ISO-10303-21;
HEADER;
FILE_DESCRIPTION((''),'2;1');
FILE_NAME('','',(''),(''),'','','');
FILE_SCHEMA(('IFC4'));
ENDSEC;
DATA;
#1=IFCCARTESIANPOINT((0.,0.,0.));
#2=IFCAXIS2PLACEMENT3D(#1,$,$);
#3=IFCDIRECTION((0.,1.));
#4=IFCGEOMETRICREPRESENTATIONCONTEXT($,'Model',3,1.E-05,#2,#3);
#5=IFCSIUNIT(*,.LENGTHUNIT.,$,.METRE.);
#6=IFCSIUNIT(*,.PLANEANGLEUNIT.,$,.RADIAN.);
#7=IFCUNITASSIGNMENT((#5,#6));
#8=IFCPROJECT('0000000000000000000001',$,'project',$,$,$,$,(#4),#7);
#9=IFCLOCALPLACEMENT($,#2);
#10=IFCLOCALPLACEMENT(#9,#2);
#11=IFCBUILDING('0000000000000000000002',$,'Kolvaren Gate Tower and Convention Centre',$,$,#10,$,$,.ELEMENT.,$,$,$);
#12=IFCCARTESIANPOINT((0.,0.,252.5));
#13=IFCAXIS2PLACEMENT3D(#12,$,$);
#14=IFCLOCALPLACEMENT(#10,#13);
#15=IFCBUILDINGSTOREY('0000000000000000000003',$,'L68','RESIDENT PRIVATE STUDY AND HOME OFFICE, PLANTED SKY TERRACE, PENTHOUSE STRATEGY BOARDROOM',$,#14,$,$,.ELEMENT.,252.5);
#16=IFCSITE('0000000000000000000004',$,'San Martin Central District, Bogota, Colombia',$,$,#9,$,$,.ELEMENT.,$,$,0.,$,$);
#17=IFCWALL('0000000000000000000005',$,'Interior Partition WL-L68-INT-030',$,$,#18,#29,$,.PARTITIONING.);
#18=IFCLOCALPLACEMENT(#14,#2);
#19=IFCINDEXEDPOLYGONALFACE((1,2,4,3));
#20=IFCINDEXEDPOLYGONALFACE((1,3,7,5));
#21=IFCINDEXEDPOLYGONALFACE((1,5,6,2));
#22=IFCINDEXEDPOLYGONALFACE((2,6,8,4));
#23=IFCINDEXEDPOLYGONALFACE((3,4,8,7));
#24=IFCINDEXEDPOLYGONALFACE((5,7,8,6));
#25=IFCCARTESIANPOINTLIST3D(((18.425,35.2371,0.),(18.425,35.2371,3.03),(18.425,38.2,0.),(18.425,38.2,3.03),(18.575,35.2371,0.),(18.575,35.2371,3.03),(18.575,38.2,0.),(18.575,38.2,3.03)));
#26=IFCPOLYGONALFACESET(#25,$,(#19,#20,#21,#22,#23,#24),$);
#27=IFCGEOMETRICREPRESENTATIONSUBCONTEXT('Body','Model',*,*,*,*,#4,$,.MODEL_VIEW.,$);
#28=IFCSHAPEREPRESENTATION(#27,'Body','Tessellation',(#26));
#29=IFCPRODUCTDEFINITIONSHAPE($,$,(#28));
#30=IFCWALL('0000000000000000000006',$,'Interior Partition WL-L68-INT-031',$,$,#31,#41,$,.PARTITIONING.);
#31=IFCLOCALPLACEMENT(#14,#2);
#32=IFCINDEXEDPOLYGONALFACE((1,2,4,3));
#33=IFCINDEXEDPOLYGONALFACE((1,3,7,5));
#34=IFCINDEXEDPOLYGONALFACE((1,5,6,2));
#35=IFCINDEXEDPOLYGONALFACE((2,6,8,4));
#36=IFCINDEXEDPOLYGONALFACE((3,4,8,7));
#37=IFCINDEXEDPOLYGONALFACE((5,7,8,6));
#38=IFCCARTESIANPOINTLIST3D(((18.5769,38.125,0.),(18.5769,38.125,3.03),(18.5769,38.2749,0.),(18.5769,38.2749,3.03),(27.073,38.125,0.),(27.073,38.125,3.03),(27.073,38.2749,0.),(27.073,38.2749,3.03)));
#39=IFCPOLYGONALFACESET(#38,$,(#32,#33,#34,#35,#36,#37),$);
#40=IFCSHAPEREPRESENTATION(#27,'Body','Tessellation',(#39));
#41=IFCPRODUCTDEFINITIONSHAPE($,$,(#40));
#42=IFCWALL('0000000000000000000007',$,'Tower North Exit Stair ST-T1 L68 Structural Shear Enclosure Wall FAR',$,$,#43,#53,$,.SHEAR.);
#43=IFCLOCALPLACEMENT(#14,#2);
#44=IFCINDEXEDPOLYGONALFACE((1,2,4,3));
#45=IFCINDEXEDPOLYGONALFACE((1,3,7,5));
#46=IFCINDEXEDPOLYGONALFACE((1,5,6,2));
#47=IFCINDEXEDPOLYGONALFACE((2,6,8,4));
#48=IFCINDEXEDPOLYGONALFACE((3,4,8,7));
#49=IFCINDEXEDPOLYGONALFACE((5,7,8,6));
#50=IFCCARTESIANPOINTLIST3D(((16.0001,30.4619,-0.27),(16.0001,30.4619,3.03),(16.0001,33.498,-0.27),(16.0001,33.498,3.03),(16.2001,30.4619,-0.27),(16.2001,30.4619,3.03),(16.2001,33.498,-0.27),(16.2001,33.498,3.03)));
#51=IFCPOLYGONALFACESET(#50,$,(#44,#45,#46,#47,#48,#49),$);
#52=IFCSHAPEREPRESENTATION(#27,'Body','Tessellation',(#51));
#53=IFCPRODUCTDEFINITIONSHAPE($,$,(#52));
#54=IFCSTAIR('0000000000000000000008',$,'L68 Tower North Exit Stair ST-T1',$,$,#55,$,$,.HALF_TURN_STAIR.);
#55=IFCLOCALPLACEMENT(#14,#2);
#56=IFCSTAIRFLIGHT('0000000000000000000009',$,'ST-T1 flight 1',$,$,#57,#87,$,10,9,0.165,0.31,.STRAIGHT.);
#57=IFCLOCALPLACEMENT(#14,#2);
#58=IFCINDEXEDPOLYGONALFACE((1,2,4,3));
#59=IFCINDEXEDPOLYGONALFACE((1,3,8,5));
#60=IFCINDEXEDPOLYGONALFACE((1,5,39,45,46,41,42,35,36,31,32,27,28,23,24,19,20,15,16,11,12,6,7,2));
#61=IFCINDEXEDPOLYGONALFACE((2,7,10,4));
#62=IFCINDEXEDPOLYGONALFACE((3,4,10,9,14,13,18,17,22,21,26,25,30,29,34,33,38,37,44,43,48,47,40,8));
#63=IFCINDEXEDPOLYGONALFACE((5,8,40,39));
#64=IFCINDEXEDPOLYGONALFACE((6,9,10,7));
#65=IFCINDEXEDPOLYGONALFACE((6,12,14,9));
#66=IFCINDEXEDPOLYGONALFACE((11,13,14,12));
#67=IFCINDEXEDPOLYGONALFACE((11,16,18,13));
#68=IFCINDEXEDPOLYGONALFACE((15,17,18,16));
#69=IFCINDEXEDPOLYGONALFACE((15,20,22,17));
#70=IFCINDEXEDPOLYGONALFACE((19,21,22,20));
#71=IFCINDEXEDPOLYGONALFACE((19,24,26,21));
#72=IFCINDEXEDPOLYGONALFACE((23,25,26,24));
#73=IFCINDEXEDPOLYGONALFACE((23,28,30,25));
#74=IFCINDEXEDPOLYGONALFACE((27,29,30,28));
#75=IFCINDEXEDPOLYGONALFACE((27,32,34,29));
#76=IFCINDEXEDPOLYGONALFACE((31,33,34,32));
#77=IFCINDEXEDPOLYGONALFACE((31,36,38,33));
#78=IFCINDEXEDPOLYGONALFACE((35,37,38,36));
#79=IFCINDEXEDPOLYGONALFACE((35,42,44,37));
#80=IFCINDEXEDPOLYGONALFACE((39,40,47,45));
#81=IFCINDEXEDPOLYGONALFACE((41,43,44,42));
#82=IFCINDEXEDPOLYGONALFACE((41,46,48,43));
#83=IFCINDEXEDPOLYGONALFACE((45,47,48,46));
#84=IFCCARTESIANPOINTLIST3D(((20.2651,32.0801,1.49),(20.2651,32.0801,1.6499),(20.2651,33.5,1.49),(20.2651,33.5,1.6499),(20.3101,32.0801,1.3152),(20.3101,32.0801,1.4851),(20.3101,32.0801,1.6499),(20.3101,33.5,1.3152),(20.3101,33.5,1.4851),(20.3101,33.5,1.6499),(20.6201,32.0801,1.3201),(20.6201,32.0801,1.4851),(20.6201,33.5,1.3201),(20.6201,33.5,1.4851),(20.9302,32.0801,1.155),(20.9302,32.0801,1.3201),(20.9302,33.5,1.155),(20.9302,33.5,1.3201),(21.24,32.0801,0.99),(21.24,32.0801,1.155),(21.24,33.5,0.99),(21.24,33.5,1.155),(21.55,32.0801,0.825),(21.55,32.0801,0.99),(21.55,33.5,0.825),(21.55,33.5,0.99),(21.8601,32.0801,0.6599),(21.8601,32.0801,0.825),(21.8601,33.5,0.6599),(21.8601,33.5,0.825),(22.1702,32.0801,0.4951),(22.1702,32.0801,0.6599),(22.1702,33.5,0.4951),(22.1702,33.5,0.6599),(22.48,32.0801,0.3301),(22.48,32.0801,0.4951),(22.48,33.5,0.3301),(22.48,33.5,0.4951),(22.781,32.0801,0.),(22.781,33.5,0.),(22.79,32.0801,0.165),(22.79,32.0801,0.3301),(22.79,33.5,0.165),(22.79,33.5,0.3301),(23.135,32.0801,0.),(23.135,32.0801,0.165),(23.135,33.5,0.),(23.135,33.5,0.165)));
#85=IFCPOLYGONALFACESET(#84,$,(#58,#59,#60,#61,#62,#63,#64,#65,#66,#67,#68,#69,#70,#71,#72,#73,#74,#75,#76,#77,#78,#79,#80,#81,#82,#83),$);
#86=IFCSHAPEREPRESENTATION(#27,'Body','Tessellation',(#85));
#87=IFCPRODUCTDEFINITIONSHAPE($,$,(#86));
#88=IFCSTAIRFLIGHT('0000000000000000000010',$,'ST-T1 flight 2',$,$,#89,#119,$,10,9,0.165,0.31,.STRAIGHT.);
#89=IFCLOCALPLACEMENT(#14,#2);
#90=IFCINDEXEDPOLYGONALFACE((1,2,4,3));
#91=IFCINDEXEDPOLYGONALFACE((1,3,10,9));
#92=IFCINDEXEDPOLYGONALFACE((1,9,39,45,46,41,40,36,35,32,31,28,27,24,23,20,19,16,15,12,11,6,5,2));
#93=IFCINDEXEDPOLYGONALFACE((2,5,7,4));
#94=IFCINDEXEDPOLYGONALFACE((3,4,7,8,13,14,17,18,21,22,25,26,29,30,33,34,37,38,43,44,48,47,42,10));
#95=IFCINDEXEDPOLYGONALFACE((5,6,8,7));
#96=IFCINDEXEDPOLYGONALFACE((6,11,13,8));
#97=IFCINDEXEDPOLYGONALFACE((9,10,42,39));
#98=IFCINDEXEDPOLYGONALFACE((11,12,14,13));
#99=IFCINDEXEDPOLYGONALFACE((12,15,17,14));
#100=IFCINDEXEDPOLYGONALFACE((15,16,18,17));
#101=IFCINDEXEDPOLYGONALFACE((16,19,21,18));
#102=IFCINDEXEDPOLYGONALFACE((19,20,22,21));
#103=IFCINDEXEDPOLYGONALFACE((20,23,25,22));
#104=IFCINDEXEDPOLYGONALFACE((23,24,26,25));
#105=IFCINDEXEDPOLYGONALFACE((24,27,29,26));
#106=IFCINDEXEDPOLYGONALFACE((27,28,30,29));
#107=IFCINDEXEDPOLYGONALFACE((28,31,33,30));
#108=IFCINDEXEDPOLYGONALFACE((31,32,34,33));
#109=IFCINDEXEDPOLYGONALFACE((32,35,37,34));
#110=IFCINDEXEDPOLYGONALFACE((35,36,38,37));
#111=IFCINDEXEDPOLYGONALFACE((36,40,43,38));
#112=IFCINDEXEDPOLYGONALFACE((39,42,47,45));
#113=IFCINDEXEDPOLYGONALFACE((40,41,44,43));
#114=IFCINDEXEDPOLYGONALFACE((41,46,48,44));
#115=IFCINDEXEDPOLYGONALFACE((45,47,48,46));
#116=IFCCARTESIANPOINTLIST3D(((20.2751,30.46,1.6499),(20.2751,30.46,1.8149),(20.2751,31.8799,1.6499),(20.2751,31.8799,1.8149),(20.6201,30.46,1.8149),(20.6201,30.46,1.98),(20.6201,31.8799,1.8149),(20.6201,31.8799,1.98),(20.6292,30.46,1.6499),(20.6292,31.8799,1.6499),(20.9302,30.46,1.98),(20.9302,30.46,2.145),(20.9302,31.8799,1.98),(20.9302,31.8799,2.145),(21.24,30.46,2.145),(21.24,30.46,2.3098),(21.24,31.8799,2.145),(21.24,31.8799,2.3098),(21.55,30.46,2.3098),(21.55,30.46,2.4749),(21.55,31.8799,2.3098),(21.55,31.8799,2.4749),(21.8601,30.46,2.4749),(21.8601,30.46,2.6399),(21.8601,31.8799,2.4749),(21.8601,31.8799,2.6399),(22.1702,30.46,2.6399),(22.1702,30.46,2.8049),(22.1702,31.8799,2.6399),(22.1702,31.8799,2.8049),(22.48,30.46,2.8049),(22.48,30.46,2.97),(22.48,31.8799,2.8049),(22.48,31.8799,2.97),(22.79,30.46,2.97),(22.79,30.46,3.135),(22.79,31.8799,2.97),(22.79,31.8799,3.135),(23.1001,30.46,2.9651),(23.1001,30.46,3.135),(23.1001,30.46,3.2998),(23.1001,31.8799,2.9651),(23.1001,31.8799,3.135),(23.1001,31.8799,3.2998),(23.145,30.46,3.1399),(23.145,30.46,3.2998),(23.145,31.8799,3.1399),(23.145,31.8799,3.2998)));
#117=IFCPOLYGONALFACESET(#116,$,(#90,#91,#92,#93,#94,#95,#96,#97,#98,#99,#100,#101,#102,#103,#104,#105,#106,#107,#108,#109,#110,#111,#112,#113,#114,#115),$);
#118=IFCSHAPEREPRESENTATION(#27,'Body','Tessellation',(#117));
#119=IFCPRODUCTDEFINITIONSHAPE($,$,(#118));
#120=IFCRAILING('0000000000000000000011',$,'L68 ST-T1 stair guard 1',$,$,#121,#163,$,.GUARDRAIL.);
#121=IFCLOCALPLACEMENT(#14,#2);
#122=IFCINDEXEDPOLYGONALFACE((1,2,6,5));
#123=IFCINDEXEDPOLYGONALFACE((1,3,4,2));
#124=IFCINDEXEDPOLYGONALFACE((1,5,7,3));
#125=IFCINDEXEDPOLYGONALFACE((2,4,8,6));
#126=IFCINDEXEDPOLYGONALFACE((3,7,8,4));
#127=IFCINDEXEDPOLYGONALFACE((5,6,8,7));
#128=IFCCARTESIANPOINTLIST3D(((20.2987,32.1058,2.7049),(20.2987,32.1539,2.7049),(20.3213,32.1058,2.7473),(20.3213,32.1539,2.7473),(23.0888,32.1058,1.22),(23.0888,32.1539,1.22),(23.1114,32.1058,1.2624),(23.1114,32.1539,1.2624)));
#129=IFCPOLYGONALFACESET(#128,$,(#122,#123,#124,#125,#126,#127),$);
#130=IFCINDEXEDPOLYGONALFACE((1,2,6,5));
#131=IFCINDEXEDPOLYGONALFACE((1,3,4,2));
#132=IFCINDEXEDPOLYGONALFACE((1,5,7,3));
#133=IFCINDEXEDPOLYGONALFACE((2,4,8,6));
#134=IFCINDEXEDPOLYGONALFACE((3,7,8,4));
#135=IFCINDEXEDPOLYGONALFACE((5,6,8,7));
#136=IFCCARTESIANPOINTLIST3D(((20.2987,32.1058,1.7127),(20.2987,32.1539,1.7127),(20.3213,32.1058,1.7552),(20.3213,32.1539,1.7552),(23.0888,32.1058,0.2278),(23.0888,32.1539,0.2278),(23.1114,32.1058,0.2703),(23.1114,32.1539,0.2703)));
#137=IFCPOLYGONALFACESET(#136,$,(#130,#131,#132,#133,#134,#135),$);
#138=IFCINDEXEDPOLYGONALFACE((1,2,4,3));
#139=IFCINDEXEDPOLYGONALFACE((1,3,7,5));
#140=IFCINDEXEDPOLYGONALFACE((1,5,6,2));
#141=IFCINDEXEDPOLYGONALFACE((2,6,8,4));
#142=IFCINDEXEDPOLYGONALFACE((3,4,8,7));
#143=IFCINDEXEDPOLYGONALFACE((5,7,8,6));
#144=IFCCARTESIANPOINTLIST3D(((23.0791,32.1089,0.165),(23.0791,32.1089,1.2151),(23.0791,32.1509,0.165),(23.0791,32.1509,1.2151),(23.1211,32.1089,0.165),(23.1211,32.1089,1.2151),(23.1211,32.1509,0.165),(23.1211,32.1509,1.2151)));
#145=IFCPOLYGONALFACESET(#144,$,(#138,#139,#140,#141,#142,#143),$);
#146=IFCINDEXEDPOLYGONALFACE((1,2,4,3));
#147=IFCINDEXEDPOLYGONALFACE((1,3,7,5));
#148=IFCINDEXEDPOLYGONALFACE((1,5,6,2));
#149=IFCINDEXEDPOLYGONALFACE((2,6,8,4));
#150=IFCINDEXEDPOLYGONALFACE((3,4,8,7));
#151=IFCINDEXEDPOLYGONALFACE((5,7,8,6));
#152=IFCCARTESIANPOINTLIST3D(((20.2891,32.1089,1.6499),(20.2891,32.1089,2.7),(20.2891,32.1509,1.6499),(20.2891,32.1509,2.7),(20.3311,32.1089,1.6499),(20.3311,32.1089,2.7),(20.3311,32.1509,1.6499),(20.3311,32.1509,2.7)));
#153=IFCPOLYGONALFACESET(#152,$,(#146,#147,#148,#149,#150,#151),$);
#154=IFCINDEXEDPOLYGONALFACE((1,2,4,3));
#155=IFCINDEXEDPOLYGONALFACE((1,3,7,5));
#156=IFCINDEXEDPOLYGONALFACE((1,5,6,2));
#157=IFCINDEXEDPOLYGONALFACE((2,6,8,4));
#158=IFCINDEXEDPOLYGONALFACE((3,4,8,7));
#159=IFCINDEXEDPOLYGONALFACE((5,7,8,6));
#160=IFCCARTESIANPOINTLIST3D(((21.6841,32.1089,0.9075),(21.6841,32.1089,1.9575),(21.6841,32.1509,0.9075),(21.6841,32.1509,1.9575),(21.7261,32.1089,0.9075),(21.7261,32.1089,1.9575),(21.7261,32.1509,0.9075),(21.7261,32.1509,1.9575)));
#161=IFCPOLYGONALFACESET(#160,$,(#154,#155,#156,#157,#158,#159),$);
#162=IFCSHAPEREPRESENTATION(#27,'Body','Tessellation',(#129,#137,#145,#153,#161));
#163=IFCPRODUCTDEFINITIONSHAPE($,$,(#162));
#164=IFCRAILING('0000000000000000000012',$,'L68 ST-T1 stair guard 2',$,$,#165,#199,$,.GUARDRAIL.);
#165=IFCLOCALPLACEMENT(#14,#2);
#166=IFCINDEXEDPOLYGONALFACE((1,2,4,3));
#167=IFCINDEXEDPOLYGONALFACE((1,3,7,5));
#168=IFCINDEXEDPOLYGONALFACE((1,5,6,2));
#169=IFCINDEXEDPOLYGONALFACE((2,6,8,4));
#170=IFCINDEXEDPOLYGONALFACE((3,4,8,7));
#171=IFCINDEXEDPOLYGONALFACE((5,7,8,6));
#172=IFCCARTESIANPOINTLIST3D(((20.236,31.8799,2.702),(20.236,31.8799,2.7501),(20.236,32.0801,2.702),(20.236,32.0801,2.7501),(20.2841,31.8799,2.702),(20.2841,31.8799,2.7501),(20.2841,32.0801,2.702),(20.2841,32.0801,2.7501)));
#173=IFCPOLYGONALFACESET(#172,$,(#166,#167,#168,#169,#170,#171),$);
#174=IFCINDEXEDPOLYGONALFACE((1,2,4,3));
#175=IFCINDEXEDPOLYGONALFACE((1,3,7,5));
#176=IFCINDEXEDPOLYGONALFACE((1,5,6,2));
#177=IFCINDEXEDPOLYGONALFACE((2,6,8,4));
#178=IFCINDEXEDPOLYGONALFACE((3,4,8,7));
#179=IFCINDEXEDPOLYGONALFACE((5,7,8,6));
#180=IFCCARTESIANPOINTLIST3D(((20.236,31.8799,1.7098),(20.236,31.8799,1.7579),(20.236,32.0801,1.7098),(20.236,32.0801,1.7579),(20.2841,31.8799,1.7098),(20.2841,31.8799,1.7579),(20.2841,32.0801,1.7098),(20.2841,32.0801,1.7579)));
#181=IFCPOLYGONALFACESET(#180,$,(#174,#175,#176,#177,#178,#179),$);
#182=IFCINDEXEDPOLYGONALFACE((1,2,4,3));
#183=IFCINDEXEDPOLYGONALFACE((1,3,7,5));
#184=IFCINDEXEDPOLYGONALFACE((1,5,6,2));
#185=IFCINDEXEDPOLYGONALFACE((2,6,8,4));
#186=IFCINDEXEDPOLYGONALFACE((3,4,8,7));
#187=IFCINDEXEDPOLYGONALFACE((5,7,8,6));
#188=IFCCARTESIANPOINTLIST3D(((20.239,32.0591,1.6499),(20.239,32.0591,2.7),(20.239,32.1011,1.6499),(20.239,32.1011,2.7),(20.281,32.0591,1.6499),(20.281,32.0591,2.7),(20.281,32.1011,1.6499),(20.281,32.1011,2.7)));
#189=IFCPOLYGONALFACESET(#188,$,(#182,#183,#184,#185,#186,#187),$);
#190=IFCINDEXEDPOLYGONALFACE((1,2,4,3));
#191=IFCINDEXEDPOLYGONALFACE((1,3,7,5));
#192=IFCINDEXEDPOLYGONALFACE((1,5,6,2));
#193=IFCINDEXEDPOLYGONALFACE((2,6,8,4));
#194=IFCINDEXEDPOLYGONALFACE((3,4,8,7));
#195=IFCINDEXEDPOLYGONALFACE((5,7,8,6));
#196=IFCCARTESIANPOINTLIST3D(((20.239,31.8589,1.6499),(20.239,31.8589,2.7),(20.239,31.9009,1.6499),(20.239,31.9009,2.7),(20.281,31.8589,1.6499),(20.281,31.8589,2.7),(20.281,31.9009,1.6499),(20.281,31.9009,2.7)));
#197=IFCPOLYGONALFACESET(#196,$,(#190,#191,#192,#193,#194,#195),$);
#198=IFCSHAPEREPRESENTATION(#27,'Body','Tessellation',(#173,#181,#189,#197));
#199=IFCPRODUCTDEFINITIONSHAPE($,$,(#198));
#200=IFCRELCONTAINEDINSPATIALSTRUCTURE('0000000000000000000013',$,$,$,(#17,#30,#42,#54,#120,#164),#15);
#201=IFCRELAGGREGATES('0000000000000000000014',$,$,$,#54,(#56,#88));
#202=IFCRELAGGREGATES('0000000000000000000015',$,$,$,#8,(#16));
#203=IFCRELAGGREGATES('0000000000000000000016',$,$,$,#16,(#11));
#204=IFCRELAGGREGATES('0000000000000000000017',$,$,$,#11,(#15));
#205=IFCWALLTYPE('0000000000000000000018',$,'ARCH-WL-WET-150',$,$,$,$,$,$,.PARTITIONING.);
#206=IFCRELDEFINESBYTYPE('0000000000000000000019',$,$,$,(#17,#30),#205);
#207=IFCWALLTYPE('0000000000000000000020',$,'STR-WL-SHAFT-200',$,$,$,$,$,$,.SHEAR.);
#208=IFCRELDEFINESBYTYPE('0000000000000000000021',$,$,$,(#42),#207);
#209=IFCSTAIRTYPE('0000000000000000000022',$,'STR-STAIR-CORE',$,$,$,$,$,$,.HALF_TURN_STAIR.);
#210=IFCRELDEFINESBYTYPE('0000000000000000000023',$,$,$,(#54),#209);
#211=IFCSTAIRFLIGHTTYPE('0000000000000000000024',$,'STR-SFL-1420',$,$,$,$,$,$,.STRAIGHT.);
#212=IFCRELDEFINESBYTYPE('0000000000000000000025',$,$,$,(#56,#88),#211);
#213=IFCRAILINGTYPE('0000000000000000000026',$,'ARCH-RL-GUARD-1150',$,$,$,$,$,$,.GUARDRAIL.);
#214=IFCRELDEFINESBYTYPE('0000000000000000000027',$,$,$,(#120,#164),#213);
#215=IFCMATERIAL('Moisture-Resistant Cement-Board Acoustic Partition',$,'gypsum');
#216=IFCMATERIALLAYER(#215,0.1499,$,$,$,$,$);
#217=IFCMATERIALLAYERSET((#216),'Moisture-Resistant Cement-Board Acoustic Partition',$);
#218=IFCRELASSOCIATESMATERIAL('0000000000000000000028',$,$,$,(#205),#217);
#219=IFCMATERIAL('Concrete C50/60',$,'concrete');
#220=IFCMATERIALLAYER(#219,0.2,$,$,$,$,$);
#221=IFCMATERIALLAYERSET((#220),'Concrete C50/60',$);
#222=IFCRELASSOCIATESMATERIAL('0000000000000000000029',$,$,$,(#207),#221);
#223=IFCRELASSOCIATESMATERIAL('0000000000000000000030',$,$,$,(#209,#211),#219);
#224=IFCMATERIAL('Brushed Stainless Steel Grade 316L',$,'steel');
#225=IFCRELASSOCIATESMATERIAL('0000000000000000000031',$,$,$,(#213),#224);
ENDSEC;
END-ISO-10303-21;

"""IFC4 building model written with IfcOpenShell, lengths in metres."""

from ifc_helpers import new_model, si_unit, direction, frame, frame_2d, origin, origin_2d, place, context, subcontext, project, spatial, polyline, rectangle, outline, extrude, material, layer, layer_set, type_object, element, aggregate, save


model = new_model("IFC4")

# Units and contexts
model_context = context("Model", 3, precision=1e-05, world=origin(), true_north=direction((0.0, 1.0)))
body_context = subcontext(model_context, "Body", "Model", "MODEL_VIEW")
ifc_project = project(units=[si_unit("LENGTHUNIT", "METRE"), si_unit("PLANEANGLEUNIT", "RADIAN")], contexts=[model_context])

# Site, building, storey
site_placement = place(None, origin())
site = spatial("IfcSite", under=ifc_project, at=site_placement, Name="San Martin Central District, Bogota, Colombia", CompositionType="ELEMENT", RefElevation=0.0)
building_placement = place(site_placement, origin())
building = spatial("IfcBuilding", under=site, at=building_placement, Name="Kolvaren Gate Tower and Convention Centre", CompositionType="ELEMENT")
storey_placement = place(building_placement, frame((0.0, 0.0, 252.5)))
storey = spatial("IfcBuildingStorey", under=building, at=storey_placement, Name="L68", Description="RESIDENT PRIVATE STUDY AND HOME OFFICE, PLANTED SKY TERRACE, PENTHOUSE STRATEGY BOARDROOM", CompositionType="ELEMENT", Elevation=252.5)

# Shared definitions
ifc_material_1 = material(Name="Concrete C50/60", Category="concrete")

# Walls
ifc_material_2 = material(Name="Moisture-Resistant Cement-Board Acoustic Partition", Category="gypsum")
ifc_layer_1 = layer(ifc_material_2, 0.1499)
ifc_layer_set_1 = layer_set([ifc_layer_1], Name="Moisture-Resistant Cement-Board Acoustic Partition")
wall_type_1 = type_object("IfcWallType", Name="ARCH-WL-WET-150", PredefinedType="PARTITIONING", material=ifc_layer_set_1)
wall_1_placement = place(storey_placement, frame((18.5, 35.2371, 0.0), z_axis=(0.0, 0.0, 1.0), x_axis=(0.0, 1.0, 0.0)))
element("IfcWall", 1, at=wall_1_placement, inside=storey, type_object=wall_type_1, Name="Interior Partition WL-L68-INT-030", PredefinedType="PARTITIONING", context=body_context, shape_type="SweptSolid", body=[
    extrude(rectangle(XDim=2.9629, YDim=0.1499, at=frame_2d((1.4814, 0.0))), origin(), (0.0, 0.0, 1.0), 3.03),
])
wall_2_placement = place(storey_placement, frame((18.5769, 38.2, 0.0), z_axis=(0.0, 0.0, 1.0), x_axis=(1.0, 0.0, 0.0)))
element("IfcWall", 2, at=wall_2_placement, inside=storey, type_object=wall_type_1, Name="Interior Partition WL-L68-INT-031", PredefinedType="PARTITIONING", context=body_context, shape_type="SweptSolid", body=[
    extrude(rectangle(XDim=8.4961, YDim=0.1499, at=frame_2d((4.248, 0.0))), origin(), (0.0, 0.0, 1.0), 3.03),
])
ifc_layer_2 = layer(ifc_material_1, 0.2)
ifc_layer_set_2 = layer_set([ifc_layer_2], Name="Concrete C50/60")
wall_type_2 = type_object("IfcWallType", Name="STR-WL-SHAFT-200", PredefinedType="SHEAR", material=ifc_layer_set_2)
wall_3_placement = place(storey_placement, frame((16.1001, 30.4619, -0.27), z_axis=(0.0, 0.0, 1.0), x_axis=(0.0, 1.0, 0.0)))
element("IfcWall", 3, at=wall_3_placement, inside=storey, type_object=wall_type_2, Name="Tower North Exit Stair ST-T1 L68 Structural Shear Enclosure Wall FAR", PredefinedType="SHEAR", context=body_context, shape_type="SweptSolid", body=[
    extrude(rectangle(XDim=3.0361, YDim=0.2, at=frame_2d((1.5181, 0.0))), origin(), (0.0, 0.0, 1.0), 3.3),
])

# Stair, stair flights
stair_type = type_object("IfcStairType", Name="STR-STAIR-CORE", PredefinedType="HALF_TURN_STAIR", material=ifc_material_1)
stair_placement = place(storey_placement, origin())
stair = element("IfcStair", 4, at=stair_placement, inside=storey, type_object=stair_type, Name="L68 Tower North Exit Stair ST-T1", PredefinedType="HALF_TURN_STAIR")
stair_flight_type = type_object("IfcStairFlightType", Name="STR-SFL-1420", PredefinedType="STRAIGHT", material=ifc_material_1)
stair_flight_1_placement = place(storey_placement, frame((23.1001, 32.79, 0.0), z_axis=(0.0, 0.0, 1.0), x_axis=(-1.0, 0.0, 0.0)))
stair_flight_1 = element("IfcStairFlight", 5, at=stair_flight_1_placement, type_object=stair_flight_type, Name="ST-T1 flight 1", NumberOfRisers=10, NumberOfTreads=9, PredefinedType="STRAIGHT", RiserHeight=0.165, TreadLength=0.31, context=body_context, shape_type="SweptSolid", body=[
    extrude(outline(polyline([(-0.0349, 0.0), (-0.0349, 0.165), (0.3101, 0.165), (0.3101, 0.3301), (0.6201, 0.3301), (0.6201, 0.4951), (0.9299, 0.4951), (0.9299, 0.6599), (1.24, 0.6599), (1.24, 0.825), (1.55, 0.825), (1.55, 0.99), (1.8601, 0.99), (1.8601, 1.155), (2.1699, 1.155), (2.1699, 1.3201), (2.48, 1.3201), (2.48, 1.4851), (2.79, 1.4851), (2.79, 1.6499), (2.835, 1.6499), (2.835, 1.49), (2.79, 1.3152), (0.3191, 0.0), (-0.0349, 0.0)])), frame((0.0, 0.71, 0.0), z_axis=(0.0, -1.0, 0.0), x_axis=(1.0, 0.0, 0.0)), (0.0, 0.0, 1.0), 1.4199),
])
stair_flight_2_placement = place(storey_placement, frame((20.3101, 31.1699, 1.6499), z_axis=(0.0, 0.0, 1.0), x_axis=(1.0, 0.0, 0.0)))
stair_flight_2 = element("IfcStairFlight", 6, at=stair_flight_2_placement, type_object=stair_flight_type, Name="ST-T1 flight 2", NumberOfRisers=10, NumberOfTreads=9, PredefinedType="STRAIGHT", RiserHeight=0.165, TreadLength=0.31, context=body_context, shape_type="SweptSolid", body=[
    extrude(outline(polyline([(-0.0349, 0.0), (-0.0349, 0.165), (0.3101, 0.165), (0.3101, 0.3301), (0.6201, 0.3301), (0.6201, 0.4951), (0.9299, 0.4951), (0.9299, 0.6599), (1.24, 0.6599), (1.24, 0.825), (1.55, 0.825), (1.55, 0.99), (1.8601, 0.99), (1.8601, 1.155), (2.1699, 1.155), (2.1699, 1.3201), (2.48, 1.3201), (2.48, 1.4851), (2.79, 1.4851), (2.79, 1.6499), (2.835, 1.6499), (2.835, 1.49), (2.79, 1.3152), (0.3191, 0.0), (-0.0349, 0.0)])), frame((0.0, 0.71, 0.0), z_axis=(0.0, -1.0, 0.0), x_axis=(1.0, 0.0, 0.0)), (0.0, 0.0, 1.0), 1.4199),
])
aggregate(stair, [stair_flight_1, stair_flight_2])

# Railings
ifc_material_3 = material(Name="Brushed Stainless Steel Grade 316L", Category="steel")
railing_type_1 = type_object("IfcRailingType", Name="ARCH-RL-GUARD-1150", PredefinedType="GUARDRAIL", material=ifc_material_3)
railing_1_placement = place(storey_placement, frame((23.1001, 32.1299, 0.165)))
element("IfcRailing", 7, at=railing_1_placement, inside=storey, type_object=railing_type_1, Name="L68 ST-T1 stair guard 1", PredefinedType="GUARDRAIL", context=body_context, shape_type="SweptSolid", body=[
    extrude(rectangle(XDim=0.0481, YDim=0.0481, at=origin_2d()), frame((0.0, 0.0, 1.0762), z_axis=(-0.882767, 0.0, 0.46981), x_axis=(0.0, -1.0, 0.0)), (0.0, 0.0, 1.0), 3.1606),
    extrude(rectangle(XDim=0.0481, YDim=0.0481, at=origin_2d()), frame((0.0, 0.0, 0.084), z_axis=(-0.882767, 0.0, 0.46981), x_axis=(0.0, -1.0, 0.0)), (0.0, 0.0, 1.0), 3.1606),
    extrude(rectangle(XDim=0.042, YDim=0.042, at=origin_2d()), origin(), (0.0, 0.0, 1.0), 1.05),
    extrude(rectangle(XDim=0.042, YDim=0.042, at=origin_2d()), frame((-2.79, 0.0, 1.4849)), (0.0, 0.0, 1.0), 1.05),
    extrude(rectangle(XDim=0.042, YDim=0.042, at=origin_2d()), frame((-1.395, 0.0, 0.7424)), (0.0, 0.0, 1.0), 1.05),
])
railing_2_placement = place(storey_placement, frame((20.26, 32.0801, 1.6499)))
element("IfcRailing", 8, at=railing_2_placement, inside=storey, type_object=railing_type_1, Name="L68 ST-T1 stair guard 2", PredefinedType="GUARDRAIL", context=body_context, shape_type="SweptSolid", body=[
    extrude(rectangle(XDim=0.0481, YDim=0.0481, at=origin_2d()), frame((0.0, 0.0, 1.0762), z_axis=(0.0, -1.0, 0.0), x_axis=(1.0, 0.0, 0.0)), (0.0, 0.0, 1.0), 0.2002),
    extrude(rectangle(XDim=0.0481, YDim=0.0481, at=origin_2d()), frame((0.0, 0.0, 0.084), z_axis=(0.0, -1.0, 0.0), x_axis=(1.0, 0.0, 0.0)), (0.0, 0.0, 1.0), 0.2002),
    extrude(rectangle(XDim=0.042, YDim=0.042, at=origin_2d()), origin(), (0.0, 0.0, 1.0), 1.05),
    extrude(rectangle(XDim=0.042, YDim=0.042, at=origin_2d()), frame((0.0, -0.2002, 0.0)), (0.0, 0.0, 1.0), 1.05),
])

save(model, "model.ifc")
